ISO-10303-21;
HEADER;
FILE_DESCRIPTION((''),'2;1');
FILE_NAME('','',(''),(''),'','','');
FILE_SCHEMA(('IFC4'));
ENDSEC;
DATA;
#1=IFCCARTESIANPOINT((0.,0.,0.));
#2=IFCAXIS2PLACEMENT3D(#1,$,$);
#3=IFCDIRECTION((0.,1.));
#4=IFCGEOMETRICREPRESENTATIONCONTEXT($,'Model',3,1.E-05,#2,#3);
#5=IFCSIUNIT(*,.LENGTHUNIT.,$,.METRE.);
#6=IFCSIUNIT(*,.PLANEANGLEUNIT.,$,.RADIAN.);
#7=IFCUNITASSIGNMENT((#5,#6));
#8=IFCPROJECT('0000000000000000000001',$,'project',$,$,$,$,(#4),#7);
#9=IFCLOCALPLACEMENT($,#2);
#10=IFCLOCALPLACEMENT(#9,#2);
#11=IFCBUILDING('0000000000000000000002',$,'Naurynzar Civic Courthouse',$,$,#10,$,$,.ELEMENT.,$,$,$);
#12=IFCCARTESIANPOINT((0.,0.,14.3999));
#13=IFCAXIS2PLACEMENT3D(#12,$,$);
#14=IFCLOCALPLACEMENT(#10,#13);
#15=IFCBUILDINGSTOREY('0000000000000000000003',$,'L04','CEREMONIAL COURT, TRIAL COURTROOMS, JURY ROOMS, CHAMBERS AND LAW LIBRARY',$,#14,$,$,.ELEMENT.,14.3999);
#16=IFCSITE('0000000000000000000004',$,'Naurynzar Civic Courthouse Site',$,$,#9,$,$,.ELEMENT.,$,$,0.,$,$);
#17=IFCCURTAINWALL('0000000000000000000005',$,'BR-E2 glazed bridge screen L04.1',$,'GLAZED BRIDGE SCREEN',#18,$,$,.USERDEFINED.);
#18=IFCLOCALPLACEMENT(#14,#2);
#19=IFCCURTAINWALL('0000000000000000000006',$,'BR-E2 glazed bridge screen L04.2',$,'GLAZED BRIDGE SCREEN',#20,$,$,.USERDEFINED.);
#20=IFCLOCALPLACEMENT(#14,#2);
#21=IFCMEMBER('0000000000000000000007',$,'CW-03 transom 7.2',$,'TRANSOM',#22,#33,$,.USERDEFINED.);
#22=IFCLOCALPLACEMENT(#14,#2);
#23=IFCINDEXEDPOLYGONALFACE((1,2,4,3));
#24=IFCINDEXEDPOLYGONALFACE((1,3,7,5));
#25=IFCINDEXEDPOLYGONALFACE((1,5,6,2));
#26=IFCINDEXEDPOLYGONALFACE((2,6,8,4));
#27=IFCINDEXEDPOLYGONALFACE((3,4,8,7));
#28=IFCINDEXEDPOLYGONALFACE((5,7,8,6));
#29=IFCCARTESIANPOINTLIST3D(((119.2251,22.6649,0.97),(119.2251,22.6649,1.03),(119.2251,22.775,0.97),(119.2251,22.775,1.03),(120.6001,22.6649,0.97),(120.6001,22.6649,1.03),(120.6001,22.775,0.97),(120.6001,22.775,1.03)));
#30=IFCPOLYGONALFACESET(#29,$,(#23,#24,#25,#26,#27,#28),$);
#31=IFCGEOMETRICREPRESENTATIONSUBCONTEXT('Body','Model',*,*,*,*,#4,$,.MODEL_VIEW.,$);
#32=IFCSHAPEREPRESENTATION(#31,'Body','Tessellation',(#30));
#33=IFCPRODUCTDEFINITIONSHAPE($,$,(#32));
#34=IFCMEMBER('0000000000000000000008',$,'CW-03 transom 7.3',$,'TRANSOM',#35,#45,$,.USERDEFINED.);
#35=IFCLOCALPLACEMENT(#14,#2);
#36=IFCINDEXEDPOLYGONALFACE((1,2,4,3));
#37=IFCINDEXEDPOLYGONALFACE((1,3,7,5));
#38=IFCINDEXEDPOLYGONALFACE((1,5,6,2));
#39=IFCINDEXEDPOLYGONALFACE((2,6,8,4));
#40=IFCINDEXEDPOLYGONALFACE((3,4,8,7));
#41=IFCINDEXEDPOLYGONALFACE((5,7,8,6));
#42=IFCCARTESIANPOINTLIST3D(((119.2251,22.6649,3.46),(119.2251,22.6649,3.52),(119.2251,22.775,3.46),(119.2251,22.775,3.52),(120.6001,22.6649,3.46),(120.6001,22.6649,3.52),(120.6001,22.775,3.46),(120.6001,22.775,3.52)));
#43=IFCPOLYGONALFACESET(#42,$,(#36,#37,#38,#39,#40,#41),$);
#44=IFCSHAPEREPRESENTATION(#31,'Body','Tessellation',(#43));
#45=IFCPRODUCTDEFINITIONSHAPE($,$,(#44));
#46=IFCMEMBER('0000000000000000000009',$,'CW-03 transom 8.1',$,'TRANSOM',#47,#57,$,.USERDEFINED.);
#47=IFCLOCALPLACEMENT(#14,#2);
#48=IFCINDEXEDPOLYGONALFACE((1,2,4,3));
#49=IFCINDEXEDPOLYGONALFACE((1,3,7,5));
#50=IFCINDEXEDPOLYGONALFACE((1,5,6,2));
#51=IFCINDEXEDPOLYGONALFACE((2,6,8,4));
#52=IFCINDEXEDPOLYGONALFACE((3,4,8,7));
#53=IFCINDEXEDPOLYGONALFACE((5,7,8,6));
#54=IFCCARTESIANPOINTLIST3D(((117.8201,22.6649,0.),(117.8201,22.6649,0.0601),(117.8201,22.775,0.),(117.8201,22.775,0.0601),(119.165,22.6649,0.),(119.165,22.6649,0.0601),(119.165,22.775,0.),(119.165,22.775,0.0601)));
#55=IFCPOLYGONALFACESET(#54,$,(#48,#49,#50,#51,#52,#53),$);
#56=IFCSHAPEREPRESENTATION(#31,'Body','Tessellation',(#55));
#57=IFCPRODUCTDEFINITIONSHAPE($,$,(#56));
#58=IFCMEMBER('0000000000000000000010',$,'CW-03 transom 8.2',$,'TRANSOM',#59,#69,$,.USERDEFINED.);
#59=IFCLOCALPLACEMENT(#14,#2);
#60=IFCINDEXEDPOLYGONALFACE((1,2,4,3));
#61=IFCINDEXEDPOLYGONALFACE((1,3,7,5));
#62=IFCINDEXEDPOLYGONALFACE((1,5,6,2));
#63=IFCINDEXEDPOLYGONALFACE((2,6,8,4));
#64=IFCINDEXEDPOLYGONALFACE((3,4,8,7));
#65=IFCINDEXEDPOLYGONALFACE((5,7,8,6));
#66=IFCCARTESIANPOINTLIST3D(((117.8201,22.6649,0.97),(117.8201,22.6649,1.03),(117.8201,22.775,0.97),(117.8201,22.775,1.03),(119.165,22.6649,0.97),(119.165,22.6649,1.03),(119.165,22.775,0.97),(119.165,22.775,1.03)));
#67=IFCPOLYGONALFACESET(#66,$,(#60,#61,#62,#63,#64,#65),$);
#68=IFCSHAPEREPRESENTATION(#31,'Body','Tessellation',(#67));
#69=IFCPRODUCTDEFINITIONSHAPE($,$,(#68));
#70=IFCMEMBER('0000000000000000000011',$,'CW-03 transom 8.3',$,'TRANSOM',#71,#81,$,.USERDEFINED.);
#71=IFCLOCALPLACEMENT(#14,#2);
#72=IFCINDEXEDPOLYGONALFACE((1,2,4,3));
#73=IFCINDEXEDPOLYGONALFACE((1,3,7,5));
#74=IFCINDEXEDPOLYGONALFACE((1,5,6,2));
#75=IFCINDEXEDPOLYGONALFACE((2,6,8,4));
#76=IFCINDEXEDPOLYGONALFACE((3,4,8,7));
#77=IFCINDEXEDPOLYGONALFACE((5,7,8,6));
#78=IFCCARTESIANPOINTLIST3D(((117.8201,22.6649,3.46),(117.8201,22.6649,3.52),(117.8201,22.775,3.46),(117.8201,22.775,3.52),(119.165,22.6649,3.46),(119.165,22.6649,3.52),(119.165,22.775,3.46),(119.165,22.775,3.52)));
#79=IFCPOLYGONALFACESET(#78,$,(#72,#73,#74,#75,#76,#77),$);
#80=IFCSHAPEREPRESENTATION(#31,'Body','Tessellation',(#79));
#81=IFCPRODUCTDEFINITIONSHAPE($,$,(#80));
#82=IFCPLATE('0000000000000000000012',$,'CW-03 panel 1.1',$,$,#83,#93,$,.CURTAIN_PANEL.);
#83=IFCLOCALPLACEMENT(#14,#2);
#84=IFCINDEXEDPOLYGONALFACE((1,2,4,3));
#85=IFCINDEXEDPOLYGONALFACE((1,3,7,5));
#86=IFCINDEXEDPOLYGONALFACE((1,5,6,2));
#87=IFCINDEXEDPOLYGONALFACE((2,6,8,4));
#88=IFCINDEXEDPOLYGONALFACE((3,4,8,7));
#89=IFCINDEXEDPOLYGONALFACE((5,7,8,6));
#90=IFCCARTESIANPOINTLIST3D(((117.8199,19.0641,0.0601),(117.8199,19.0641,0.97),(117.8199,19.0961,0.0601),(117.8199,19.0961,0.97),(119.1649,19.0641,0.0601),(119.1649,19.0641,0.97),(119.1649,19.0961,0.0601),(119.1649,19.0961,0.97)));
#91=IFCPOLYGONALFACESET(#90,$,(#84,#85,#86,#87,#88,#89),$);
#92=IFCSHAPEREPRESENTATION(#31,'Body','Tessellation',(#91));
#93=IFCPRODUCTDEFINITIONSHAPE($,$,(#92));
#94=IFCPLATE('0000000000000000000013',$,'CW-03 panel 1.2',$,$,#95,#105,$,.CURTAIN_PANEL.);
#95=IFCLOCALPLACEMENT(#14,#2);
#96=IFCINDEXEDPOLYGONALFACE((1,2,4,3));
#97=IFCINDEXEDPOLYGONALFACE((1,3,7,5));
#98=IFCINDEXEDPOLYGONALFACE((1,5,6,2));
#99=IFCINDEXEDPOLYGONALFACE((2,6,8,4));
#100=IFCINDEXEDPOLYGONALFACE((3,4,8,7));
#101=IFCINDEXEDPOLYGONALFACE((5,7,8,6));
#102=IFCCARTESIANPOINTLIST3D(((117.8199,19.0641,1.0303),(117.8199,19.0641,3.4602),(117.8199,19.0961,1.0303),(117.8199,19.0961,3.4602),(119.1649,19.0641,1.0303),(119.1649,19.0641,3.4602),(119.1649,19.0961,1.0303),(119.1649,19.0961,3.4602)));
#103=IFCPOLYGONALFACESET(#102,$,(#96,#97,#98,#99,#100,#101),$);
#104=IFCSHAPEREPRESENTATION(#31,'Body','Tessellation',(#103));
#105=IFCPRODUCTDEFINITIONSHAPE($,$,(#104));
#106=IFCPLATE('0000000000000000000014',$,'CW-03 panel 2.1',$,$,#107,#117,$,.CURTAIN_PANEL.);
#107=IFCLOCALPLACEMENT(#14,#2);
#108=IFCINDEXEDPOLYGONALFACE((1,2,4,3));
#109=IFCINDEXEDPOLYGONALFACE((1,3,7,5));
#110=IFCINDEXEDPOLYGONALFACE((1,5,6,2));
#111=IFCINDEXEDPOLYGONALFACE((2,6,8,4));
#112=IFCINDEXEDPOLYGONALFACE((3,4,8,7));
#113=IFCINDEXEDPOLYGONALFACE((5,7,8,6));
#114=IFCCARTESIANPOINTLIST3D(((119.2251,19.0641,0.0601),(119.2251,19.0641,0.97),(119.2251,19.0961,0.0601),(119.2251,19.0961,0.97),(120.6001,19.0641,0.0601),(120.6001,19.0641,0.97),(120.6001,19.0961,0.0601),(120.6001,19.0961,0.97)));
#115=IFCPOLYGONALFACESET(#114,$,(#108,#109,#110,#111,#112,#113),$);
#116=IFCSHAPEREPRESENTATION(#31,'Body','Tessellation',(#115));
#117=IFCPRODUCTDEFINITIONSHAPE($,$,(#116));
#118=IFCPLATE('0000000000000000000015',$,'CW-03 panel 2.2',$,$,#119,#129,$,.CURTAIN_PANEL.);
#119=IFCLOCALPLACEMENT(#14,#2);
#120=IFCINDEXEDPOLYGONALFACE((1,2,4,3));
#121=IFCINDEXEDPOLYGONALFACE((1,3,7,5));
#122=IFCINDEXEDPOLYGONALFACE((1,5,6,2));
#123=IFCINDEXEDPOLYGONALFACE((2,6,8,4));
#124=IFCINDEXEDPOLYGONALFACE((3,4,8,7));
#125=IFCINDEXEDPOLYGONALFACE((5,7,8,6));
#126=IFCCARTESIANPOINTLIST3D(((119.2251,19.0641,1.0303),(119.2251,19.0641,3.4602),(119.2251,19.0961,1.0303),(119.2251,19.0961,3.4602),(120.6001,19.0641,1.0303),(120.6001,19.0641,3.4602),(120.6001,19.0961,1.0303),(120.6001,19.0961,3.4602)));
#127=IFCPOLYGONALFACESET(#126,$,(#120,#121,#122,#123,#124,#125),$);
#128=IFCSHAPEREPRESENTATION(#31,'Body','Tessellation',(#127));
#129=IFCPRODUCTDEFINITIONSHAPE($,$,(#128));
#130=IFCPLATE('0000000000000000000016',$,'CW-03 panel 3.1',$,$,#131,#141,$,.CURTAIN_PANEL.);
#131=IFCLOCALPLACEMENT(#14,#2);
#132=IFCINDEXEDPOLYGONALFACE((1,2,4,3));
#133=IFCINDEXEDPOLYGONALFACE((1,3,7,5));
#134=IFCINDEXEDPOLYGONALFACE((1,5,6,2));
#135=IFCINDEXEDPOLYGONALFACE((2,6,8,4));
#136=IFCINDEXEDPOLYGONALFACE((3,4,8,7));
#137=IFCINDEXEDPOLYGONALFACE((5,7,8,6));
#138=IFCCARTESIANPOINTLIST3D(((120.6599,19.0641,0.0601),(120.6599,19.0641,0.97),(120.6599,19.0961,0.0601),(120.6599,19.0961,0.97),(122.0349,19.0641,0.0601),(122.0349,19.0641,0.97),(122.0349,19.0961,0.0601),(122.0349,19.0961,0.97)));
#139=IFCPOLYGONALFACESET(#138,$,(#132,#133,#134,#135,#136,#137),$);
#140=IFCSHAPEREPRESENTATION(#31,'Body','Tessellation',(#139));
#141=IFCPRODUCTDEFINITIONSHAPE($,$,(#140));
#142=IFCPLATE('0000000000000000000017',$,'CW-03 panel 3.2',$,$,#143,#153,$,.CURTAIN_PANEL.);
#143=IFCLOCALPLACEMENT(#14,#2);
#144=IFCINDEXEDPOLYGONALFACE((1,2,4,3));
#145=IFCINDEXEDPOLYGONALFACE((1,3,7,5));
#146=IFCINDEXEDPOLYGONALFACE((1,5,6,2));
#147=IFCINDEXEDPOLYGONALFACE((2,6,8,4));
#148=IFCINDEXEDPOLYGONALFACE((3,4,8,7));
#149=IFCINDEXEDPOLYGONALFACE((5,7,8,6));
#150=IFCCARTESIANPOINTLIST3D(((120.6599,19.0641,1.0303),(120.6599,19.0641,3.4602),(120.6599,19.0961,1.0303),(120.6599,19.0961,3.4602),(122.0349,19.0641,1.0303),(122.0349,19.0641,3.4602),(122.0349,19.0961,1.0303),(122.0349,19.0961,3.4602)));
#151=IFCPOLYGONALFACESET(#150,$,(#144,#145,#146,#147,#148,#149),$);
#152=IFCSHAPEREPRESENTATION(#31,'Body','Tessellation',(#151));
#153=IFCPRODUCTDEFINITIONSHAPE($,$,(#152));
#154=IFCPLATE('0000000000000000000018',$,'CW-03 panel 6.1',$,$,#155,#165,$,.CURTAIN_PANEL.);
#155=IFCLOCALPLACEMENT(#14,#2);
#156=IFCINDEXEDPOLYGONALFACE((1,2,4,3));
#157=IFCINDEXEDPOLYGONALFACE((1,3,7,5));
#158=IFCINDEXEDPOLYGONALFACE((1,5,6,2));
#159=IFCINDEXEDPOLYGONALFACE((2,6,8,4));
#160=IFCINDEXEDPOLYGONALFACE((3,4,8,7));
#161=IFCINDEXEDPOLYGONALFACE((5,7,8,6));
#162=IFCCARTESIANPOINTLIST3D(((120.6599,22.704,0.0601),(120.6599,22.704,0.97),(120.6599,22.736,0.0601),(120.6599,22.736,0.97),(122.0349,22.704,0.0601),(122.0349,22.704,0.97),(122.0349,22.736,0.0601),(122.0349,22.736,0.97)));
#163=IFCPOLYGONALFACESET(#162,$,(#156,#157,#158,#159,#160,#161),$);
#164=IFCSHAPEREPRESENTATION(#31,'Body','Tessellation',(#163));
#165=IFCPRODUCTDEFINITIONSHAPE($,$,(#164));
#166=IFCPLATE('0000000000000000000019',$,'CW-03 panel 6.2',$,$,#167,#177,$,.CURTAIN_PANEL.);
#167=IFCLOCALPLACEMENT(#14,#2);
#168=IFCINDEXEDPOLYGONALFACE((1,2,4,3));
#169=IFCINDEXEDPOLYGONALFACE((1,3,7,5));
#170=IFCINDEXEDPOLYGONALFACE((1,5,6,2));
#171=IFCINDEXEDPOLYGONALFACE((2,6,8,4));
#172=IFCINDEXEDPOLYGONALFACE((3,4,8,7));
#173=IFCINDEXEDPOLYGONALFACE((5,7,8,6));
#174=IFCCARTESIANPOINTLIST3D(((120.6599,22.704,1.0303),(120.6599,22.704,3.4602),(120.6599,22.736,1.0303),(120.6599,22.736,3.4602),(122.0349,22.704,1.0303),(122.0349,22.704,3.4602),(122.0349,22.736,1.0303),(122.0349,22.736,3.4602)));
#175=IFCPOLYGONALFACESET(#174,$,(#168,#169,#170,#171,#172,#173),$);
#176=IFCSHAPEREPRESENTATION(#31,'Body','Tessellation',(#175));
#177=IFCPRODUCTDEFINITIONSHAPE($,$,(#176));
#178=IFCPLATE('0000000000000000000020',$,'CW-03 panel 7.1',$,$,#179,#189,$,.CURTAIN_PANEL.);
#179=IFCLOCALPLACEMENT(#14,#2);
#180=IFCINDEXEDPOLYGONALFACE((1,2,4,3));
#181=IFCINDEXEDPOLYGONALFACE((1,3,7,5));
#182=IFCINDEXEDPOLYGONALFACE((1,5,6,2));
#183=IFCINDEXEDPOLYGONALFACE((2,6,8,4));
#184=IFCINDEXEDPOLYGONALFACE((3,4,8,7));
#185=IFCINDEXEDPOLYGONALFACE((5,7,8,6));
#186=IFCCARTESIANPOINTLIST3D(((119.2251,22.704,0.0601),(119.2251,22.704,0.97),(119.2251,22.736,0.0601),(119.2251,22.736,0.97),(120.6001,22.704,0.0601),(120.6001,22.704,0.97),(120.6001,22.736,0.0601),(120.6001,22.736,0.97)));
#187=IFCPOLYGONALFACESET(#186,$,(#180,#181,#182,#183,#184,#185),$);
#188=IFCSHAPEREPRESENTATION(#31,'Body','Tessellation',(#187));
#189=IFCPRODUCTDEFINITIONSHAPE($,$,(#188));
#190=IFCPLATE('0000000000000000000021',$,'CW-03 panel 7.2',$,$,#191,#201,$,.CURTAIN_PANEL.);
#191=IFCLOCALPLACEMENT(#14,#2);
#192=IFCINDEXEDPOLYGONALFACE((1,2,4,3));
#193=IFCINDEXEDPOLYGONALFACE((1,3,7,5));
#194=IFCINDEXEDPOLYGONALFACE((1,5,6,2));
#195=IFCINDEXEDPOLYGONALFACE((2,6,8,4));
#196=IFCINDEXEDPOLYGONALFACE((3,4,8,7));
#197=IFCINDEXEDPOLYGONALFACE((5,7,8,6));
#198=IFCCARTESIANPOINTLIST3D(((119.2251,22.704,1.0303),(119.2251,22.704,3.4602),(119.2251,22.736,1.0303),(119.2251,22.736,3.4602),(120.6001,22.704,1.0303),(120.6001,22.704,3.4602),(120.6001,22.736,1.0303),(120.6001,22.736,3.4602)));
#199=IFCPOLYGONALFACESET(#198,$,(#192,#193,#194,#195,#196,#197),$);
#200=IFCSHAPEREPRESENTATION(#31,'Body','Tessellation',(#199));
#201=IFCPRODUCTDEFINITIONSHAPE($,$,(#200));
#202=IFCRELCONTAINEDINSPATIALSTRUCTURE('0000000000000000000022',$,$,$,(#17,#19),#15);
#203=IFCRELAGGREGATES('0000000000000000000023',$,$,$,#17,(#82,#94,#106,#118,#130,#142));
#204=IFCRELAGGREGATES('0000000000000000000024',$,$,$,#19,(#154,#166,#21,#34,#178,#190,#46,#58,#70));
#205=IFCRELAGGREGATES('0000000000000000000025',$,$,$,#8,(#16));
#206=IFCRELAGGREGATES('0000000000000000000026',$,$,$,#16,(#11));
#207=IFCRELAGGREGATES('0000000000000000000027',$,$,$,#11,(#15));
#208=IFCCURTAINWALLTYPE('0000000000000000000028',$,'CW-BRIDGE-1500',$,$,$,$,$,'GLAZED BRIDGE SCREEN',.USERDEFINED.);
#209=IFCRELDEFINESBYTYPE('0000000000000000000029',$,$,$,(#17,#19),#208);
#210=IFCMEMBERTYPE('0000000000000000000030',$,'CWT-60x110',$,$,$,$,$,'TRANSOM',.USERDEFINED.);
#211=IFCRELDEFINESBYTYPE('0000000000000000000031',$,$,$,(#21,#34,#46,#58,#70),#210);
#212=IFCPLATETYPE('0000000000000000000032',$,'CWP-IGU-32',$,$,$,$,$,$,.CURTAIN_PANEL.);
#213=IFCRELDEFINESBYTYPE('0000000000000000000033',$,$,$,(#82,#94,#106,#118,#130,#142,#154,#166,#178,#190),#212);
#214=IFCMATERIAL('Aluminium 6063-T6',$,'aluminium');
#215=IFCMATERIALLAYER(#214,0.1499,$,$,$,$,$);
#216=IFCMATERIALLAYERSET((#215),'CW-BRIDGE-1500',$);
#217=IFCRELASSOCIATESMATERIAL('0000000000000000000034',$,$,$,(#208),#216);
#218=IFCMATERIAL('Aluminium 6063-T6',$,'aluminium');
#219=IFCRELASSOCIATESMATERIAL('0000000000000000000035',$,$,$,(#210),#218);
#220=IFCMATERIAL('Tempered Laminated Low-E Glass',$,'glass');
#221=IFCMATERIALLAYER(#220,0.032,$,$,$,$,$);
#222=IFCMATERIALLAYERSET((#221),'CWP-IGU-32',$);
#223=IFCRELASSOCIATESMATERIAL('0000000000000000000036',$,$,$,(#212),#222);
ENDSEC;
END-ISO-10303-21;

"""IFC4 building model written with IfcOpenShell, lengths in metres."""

from ifc_helpers import new_model, si_unit, direction, frame, origin, origin_2d, place, context, subcontext, project, spatial, rectangle, extrude, material, layer, layer_set, material_profile, profile_set, type_object, element, aggregate, save


model = new_model("IFC4")

# Units and contexts
model_context = context("Model", 3, precision=1e-05, world=origin(), true_north=direction((0.0, 1.0)))
body_context = subcontext(model_context, "Body", "Model", "MODEL_VIEW")
ifc_project = project(units=[si_unit("LENGTHUNIT", "METRE"), si_unit("PLANEANGLEUNIT", "RADIAN")], contexts=[model_context])

# Site, building, storey
site_placement = place(None, origin())
site = spatial("IfcSite", under=ifc_project, at=site_placement, Name="Naurynzar Civic Courthouse Site", CompositionType="ELEMENT", RefElevation=0.0)
building_placement = place(site_placement, origin())
building = spatial("IfcBuilding", under=site, at=building_placement, Name="Naurynzar Civic Courthouse", CompositionType="ELEMENT")
storey_placement = place(building_placement, frame((0.0, 0.0, 14.3999)))
storey = spatial("IfcBuildingStorey", under=building, at=storey_placement, Name="L04", Description="CEREMONIAL COURT, TRIAL COURTROOMS, JURY ROOMS, CHAMBERS AND LAW LIBRARY", CompositionType="ELEMENT", Elevation=14.3999)

# Curtain walls
ifc_material_1 = material(Name="Aluminium 6063-T6", Category="aluminium")
ifc_layer_1 = layer(ifc_material_1, 0.1499)
ifc_layer_set_1 = layer_set([ifc_layer_1], Name="CW-BRIDGE-1500")
curtain_wall_type = type_object("IfcCurtainWallType", Name="CW-BRIDGE-1500", ElementType="GLAZED BRIDGE SCREEN", PredefinedType="USERDEFINED", material=ifc_layer_set_1)
curtain_wall_1_placement = place(storey_placement, origin())
curtain_wall_1 = element("IfcCurtainWall", 1, at=curtain_wall_1_placement, inside=storey, type_object=curtain_wall_type, Name="BR-E2 glazed bridge screen L04.1", ObjectType="GLAZED BRIDGE SCREEN", PredefinedType="USERDEFINED")
curtain_wall_2_placement = place(storey_placement, origin())
curtain_wall_2 = element("IfcCurtainWall", 2, at=curtain_wall_2_placement, inside=storey, type_object=curtain_wall_type, Name="BR-E2 glazed bridge screen L04.2", ObjectType="GLAZED BRIDGE SCREEN", PredefinedType="USERDEFINED")

# Members
ifc_material_2 = material(Name="Aluminium 6063-T6", Category="aluminium")
ifc_material_profile_1 = material_profile(ifc_material_2, rectangle(XDim=0.1101, YDim=0.0601, at=origin_2d()), Name="ALU TRANSOM 60x110")
ifc_profile_set_1 = profile_set([ifc_material_profile_1], Name="Aluminium 6063-T6")
member_type_1 = type_object("IfcMemberType", Name="CWT-60x110", ElementType="TRANSOM", PredefinedType="USERDEFINED", material=ifc_profile_set_1)
member_1_placement = place(storey_placement, frame((120.6001, 22.72, 1.0), z_axis=(-1.0, 0.0, 0.0), x_axis=(0.0, -1.0, 0.0)))
member_1 = element("IfcMember", 3, at=member_1_placement, type_object=member_type_1, Name="CW-03 transom 7.2", ObjectType="TRANSOM", PredefinedType="USERDEFINED", context=body_context, shape_type="SweptSolid", body=[
    extrude(rectangle(XDim=0.1101, YDim=0.0601, at=origin_2d()), origin(), (0.0, 0.0, 1.0), 1.375),
])
member_2_placement = place(storey_placement, frame((120.6001, 22.72, 3.49), z_axis=(-1.0, 0.0, 0.0), x_axis=(0.0, -1.0, 0.0)))
member_2 = element("IfcMember", 4, at=member_2_placement, type_object=member_type_1, Name="CW-03 transom 7.3", ObjectType="TRANSOM", PredefinedType="USERDEFINED", context=body_context, shape_type="SweptSolid", body=[
    extrude(rectangle(XDim=0.1101, YDim=0.0601, at=origin_2d()), origin(), (0.0, 0.0, 1.0), 1.375),
])
member_3_placement = place(storey_placement, frame((119.165, 22.72, 0.03), z_axis=(-1.0, 0.0, 0.0), x_axis=(0.0, -1.0, 0.0)))
member_3 = element("IfcMember", 5, at=member_3_placement, type_object=member_type_1, Name="CW-03 transom 8.1", ObjectType="TRANSOM", PredefinedType="USERDEFINED", context=body_context, shape_type="SweptSolid", body=[
    extrude(rectangle(XDim=0.1101, YDim=0.0601, at=origin_2d()), origin(), (0.0, 0.0, 1.0), 1.345),
])
member_4_placement = place(storey_placement, frame((119.165, 22.72, 1.0), z_axis=(-1.0, 0.0, 0.0), x_axis=(0.0, -1.0, 0.0)))
member_4 = element("IfcMember", 6, at=member_4_placement, type_object=member_type_1, Name="CW-03 transom 8.2", ObjectType="TRANSOM", PredefinedType="USERDEFINED", context=body_context, shape_type="SweptSolid", body=[
    extrude(rectangle(XDim=0.1101, YDim=0.0601, at=origin_2d()), origin(), (0.0, 0.0, 1.0), 1.345),
])
member_5_placement = place(storey_placement, frame((119.165, 22.72, 3.49), z_axis=(-1.0, 0.0, 0.0), x_axis=(0.0, -1.0, 0.0)))
member_5 = element("IfcMember", 7, at=member_5_placement, type_object=member_type_1, Name="CW-03 transom 8.3", ObjectType="TRANSOM", PredefinedType="USERDEFINED", context=body_context, shape_type="SweptSolid", body=[
    extrude(rectangle(XDim=0.1101, YDim=0.0601, at=origin_2d()), origin(), (0.0, 0.0, 1.0), 1.345),
])

# Plates
ifc_material_3 = material(Name="Tempered Laminated Low-E Glass", Category="glass")
ifc_layer_2 = layer(ifc_material_3, 0.032)
ifc_layer_set_2 = layer_set([ifc_layer_2], Name="CWP-IGU-32")
plate_type = type_object("IfcPlateType", Name="CWP-IGU-32", PredefinedType="CURTAIN_PANEL", material=ifc_layer_set_2)
plate_1_placement = place(storey_placement, frame((118.4924, 19.0801, 0.0601), z_axis=(0.0, 0.0, 1.0), x_axis=(1.0, 0.0, 0.0)))
plate_1 = element("IfcPlate", 8, at=plate_1_placement, type_object=plate_type, Name="CW-03 panel 1.1", PredefinedType="CURTAIN_PANEL", context=body_context, shape_type="SweptSolid", body=[
    extrude(rectangle(XDim=1.345, YDim=0.032, at=origin_2d()), origin(), (0.0, 0.0, 1.0), 0.9099),
])
plate_2_placement = place(storey_placement, frame((118.4924, 19.0801, 1.0303), z_axis=(0.0, 0.0, 1.0), x_axis=(1.0, 0.0, 0.0)))
plate_2 = element("IfcPlate", 9, at=plate_2_placement, type_object=plate_type, Name="CW-03 panel 1.2", PredefinedType="CURTAIN_PANEL", context=body_context, shape_type="SweptSolid", body=[
    extrude(rectangle(XDim=1.345, YDim=0.032, at=origin_2d()), origin(), (0.0, 0.0, 1.0), 2.4299),
])
plate_3_placement = place(storey_placement, frame((119.9126, 19.0801, 0.0601), z_axis=(0.0, 0.0, 1.0), x_axis=(1.0, 0.0, 0.0)))
plate_3 = element("IfcPlate", 10, at=plate_3_placement, type_object=plate_type, Name="CW-03 panel 2.1", PredefinedType="CURTAIN_PANEL", context=body_context, shape_type="SweptSolid", body=[
    extrude(rectangle(XDim=1.375, YDim=0.032, at=origin_2d()), origin(), (0.0, 0.0, 1.0), 0.9099),
])
plate_4_placement = place(storey_placement, frame((119.9126, 19.0801, 1.0303), z_axis=(0.0, 0.0, 1.0), x_axis=(1.0, 0.0, 0.0)))
plate_4 = element("IfcPlate", 11, at=plate_4_placement, type_object=plate_type, Name="CW-03 panel 2.2", PredefinedType="CURTAIN_PANEL", context=body_context, shape_type="SweptSolid", body=[
    extrude(rectangle(XDim=1.375, YDim=0.032, at=origin_2d()), origin(), (0.0, 0.0, 1.0), 2.4299),
])
plate_5_placement = place(storey_placement, frame((121.3474, 19.0801, 0.0601), z_axis=(0.0, 0.0, 1.0), x_axis=(1.0, 0.0, 0.0)))
plate_5 = element("IfcPlate", 12, at=plate_5_placement, type_object=plate_type, Name="CW-03 panel 3.1", PredefinedType="CURTAIN_PANEL", context=body_context, shape_type="SweptSolid", body=[
    extrude(rectangle(XDim=1.375, YDim=0.032, at=origin_2d()), origin(), (0.0, 0.0, 1.0), 0.9099),
])
plate_6_placement = place(storey_placement, frame((121.3474, 19.0801, 1.0303), z_axis=(0.0, 0.0, 1.0), x_axis=(1.0, 0.0, 0.0)))
plate_6 = element("IfcPlate", 13, at=plate_6_placement, type_object=plate_type, Name="CW-03 panel 3.2", PredefinedType="CURTAIN_PANEL", context=body_context, shape_type="SweptSolid", body=[
    extrude(rectangle(XDim=1.375, YDim=0.032, at=origin_2d()), origin(), (0.0, 0.0, 1.0), 2.4299),
])
aggregate(curtain_wall_1, [plate_1, plate_2, plate_3, plate_4, plate_5, plate_6])
plate_7_placement = place(storey_placement, frame((121.3474, 22.72, 0.0601), z_axis=(0.0, 0.0, 1.0), x_axis=(-1.0, 0.0, 0.0)))
plate_7 = element("IfcPlate", 14, at=plate_7_placement, type_object=plate_type, Name="CW-03 panel 6.1", PredefinedType="CURTAIN_PANEL", context=body_context, shape_type="SweptSolid", body=[
    extrude(rectangle(XDim=1.375, YDim=0.032, at=origin_2d()), origin(), (0.0, 0.0, 1.0), 0.9099),
])
plate_8_placement = place(storey_placement, frame((121.3474, 22.72, 1.0303), z_axis=(0.0, 0.0, 1.0), x_axis=(-1.0, 0.0, 0.0)))
plate_8 = element("IfcPlate", 15, at=plate_8_placement, type_object=plate_type, Name="CW-03 panel 6.2", PredefinedType="CURTAIN_PANEL", context=body_context, shape_type="SweptSolid", body=[
    extrude(rectangle(XDim=1.375, YDim=0.032, at=origin_2d()), origin(), (0.0, 0.0, 1.0), 2.4299),
])
plate_9_placement = place(storey_placement, frame((119.9126, 22.72, 0.0601), z_axis=(0.0, 0.0, 1.0), x_axis=(-1.0, 0.0, 0.0)))
plate_9 = element("IfcPlate", 16, at=plate_9_placement, type_object=plate_type, Name="CW-03 panel 7.1", PredefinedType="CURTAIN_PANEL", context=body_context, shape_type="SweptSolid", body=[
    extrude(rectangle(XDim=1.375, YDim=0.032, at=origin_2d()), origin(), (0.0, 0.0, 1.0), 0.9099),
])
plate_10_placement = place(storey_placement, frame((119.9126, 22.72, 1.0303), z_axis=(0.0, 0.0, 1.0), x_axis=(-1.0, 0.0, 0.0)))
plate_10 = element("IfcPlate", 17, at=plate_10_placement, type_object=plate_type, Name="CW-03 panel 7.2", PredefinedType="CURTAIN_PANEL", context=body_context, shape_type="SweptSolid", body=[
    extrude(rectangle(XDim=1.375, YDim=0.032, at=origin_2d()), origin(), (0.0, 0.0, 1.0), 2.4299),
])
aggregate(curtain_wall_2, [plate_7, plate_8, member_1, member_2, plate_9, plate_10, member_3, member_4, member_5])

save(model, "model.ifc")
